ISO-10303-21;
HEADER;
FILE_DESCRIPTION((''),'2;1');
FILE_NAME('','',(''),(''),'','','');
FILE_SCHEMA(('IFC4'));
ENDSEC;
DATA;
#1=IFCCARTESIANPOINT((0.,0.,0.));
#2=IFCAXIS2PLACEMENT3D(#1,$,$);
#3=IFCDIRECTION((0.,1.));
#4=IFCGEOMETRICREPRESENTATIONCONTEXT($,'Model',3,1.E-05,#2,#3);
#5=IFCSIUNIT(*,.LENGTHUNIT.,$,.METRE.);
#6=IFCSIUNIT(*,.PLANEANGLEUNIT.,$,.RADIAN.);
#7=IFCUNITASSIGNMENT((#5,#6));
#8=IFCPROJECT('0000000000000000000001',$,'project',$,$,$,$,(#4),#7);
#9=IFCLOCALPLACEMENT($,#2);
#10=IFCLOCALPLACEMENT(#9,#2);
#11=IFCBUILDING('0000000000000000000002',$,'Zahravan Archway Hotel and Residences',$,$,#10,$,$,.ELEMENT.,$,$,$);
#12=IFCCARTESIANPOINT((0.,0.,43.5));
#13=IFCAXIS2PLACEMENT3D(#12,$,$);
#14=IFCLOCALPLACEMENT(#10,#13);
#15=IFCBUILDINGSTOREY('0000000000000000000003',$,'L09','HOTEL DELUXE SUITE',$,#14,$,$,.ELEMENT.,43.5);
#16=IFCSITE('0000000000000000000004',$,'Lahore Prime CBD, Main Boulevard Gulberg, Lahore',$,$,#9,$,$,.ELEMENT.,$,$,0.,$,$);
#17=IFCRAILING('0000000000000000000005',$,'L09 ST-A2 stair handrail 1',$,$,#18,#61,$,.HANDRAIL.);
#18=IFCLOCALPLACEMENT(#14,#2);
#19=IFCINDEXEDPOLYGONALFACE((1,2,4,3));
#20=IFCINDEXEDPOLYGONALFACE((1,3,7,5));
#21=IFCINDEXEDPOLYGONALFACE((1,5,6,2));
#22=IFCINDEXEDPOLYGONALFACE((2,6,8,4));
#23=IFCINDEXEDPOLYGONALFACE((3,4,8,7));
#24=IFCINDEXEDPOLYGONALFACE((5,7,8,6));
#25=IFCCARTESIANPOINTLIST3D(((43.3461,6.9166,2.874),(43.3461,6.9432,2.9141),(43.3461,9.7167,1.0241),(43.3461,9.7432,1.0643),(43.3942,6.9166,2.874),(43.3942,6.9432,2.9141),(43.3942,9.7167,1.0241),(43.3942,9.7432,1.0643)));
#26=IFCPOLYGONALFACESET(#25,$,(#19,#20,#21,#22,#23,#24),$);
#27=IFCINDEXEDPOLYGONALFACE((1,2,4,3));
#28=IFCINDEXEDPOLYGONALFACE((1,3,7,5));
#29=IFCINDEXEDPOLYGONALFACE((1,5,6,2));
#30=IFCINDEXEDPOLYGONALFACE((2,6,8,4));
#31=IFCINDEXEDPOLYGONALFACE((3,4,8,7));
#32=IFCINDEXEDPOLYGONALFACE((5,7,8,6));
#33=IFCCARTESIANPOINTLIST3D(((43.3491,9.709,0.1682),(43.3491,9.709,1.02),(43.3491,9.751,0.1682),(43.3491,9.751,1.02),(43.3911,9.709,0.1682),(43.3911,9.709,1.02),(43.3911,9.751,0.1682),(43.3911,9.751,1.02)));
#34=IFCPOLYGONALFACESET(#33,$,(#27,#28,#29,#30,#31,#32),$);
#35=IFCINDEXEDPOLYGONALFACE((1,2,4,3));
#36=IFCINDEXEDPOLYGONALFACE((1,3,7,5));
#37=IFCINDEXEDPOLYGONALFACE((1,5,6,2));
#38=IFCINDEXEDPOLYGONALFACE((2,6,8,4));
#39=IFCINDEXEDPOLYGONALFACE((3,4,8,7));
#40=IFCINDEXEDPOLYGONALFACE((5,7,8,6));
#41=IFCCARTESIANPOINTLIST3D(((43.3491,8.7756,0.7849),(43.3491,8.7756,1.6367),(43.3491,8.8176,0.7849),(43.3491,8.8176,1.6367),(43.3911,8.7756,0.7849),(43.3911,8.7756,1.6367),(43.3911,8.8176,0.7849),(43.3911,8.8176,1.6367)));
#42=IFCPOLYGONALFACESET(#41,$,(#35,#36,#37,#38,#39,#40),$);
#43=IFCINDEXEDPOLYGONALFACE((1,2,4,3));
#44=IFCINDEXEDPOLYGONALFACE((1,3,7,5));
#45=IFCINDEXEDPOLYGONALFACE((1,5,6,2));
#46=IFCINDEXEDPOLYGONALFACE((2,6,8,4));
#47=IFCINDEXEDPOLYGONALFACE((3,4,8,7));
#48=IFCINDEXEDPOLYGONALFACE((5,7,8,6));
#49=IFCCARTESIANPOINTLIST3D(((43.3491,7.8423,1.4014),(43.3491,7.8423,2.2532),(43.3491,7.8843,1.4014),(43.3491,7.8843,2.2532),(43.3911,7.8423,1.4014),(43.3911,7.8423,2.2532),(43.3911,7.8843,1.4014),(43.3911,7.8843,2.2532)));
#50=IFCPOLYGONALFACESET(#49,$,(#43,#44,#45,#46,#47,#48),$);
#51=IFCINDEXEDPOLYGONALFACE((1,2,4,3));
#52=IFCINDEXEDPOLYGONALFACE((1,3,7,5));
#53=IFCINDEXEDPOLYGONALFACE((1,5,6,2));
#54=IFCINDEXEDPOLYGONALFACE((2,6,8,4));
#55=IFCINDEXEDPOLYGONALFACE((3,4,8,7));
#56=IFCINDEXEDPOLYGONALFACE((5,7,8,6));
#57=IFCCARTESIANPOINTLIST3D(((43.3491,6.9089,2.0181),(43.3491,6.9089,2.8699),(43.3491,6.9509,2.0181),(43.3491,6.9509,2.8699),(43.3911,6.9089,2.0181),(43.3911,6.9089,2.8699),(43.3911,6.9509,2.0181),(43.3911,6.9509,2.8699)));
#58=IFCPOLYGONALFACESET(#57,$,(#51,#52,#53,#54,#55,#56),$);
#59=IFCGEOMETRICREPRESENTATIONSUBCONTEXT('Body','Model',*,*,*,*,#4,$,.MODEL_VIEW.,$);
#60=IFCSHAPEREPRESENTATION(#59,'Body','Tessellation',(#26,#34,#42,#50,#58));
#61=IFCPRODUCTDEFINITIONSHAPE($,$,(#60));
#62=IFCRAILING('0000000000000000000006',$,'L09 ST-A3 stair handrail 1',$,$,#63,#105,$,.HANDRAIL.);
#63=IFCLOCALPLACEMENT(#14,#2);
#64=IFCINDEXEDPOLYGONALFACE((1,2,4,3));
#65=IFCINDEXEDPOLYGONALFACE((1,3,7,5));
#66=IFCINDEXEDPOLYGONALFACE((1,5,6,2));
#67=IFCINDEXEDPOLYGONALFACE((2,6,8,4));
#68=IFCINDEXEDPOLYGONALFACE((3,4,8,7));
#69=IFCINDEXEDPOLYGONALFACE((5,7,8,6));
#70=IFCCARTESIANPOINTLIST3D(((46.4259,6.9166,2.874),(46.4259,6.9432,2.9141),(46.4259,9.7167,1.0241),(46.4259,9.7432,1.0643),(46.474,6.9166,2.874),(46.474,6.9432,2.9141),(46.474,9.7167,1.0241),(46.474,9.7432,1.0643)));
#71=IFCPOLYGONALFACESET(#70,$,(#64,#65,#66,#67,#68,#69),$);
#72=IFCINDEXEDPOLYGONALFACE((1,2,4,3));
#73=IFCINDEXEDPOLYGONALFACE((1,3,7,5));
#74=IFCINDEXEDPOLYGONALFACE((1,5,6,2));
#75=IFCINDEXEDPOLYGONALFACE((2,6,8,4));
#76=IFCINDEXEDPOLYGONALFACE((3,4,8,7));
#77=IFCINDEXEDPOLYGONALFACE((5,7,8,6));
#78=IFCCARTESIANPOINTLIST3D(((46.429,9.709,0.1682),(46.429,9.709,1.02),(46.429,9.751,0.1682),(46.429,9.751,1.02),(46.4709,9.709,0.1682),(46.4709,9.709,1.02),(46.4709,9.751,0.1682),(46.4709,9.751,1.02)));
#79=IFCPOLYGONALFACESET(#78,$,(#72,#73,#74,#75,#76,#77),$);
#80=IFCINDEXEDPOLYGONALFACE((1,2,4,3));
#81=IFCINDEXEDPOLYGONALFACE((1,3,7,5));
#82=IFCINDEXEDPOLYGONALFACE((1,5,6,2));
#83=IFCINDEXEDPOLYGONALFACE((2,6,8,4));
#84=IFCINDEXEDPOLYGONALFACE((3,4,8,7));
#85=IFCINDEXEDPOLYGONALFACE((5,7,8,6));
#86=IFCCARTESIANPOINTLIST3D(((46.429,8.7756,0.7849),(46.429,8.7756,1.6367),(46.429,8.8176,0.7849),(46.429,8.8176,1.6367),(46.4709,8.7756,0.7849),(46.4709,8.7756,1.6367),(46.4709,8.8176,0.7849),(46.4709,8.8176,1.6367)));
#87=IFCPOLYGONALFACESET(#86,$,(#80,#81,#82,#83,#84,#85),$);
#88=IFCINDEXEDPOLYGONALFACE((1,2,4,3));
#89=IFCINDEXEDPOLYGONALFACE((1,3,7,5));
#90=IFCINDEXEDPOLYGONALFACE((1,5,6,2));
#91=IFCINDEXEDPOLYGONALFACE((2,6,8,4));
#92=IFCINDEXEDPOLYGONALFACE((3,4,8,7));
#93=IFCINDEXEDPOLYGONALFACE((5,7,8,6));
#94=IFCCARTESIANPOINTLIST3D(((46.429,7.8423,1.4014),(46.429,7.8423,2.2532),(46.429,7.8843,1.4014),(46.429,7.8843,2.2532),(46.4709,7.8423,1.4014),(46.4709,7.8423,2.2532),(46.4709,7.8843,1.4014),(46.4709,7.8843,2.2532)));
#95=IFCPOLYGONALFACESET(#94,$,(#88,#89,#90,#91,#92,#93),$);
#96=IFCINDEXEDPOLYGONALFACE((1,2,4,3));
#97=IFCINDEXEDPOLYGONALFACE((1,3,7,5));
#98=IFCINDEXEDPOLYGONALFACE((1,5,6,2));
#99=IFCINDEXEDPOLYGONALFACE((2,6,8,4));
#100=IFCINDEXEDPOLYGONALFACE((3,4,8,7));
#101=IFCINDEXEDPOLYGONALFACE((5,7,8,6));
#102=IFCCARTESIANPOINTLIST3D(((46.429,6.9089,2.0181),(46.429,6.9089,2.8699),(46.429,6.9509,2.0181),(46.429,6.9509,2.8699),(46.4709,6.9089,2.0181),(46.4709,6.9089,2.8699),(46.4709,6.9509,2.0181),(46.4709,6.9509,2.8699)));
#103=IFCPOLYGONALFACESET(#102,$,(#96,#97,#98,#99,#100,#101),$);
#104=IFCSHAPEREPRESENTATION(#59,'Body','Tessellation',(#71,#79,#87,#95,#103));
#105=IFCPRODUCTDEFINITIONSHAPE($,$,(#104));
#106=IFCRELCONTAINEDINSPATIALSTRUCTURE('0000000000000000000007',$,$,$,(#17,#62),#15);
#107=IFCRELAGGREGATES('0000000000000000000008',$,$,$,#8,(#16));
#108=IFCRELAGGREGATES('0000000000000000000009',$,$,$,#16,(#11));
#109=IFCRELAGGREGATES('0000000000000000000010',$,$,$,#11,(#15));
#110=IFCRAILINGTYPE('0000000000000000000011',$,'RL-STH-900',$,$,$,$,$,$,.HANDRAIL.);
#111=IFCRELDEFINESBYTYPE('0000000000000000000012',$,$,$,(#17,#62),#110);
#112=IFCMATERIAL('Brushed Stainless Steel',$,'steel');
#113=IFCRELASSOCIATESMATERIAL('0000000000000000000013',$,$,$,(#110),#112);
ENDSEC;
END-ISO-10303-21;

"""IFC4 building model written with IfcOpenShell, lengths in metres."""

from ifc_helpers import new_model, si_unit, direction, frame, origin, origin_2d, place, context, subcontext, project, spatial, rectangle, extrude, material, type_object, element, save


model = new_model("IFC4")

# Units and contexts
model_context = context("Model", 3, precision=1e-05, world=origin(), true_north=direction((0.0, 1.0)))
body_context = subcontext(model_context, "Body", "Model", "MODEL_VIEW")
ifc_project = project(units=[si_unit("LENGTHUNIT", "METRE"), si_unit("PLANEANGLEUNIT", "RADIAN")], contexts=[model_context])

# Site, building, storey
site_placement = place(None, origin())
site = spatial("IfcSite", under=ifc_project, at=site_placement, Name="Lahore Prime CBD, Main Boulevard Gulberg, Lahore", CompositionType="ELEMENT", RefElevation=0.0)
building_placement = place(site_placement, origin())
building = spatial("IfcBuilding", under=site, at=building_placement, Name="Zahravan Archway Hotel and Residences", CompositionType="ELEMENT")
storey_placement = place(building_placement, frame((0.0, 0.0, 43.5)))
storey = spatial("IfcBuildingStorey", under=building, at=storey_placement, Name="L09", Description="HOTEL DELUXE SUITE", CompositionType="ELEMENT", Elevation=43.5)

# Shared definitions
ifc_material_1 = material(Name="Brushed Stainless Steel", Category="steel")

# Railings
railing_type_1 = type_object("IfcRailingType", Name="RL-STH-900", PredefinedType="HANDRAIL", material=ifc_material_1)
for number, where, name in (
    (1, (43.3701, 9.73, 0.1682), "L09 ST-A2 stair handrail 1"),
    (2, (46.45, 9.73, 0.1682), "L09 ST-A3 stair handrail 1"),
):
    element("IfcRailing", number, at=place(storey_placement, frame(where)), inside=storey, type_object=railing_type_1, Name=name, PredefinedType="HANDRAIL", context=body_context, shape_type="SweptSolid", body=[
        extrude(rectangle(XDim=0.0481, YDim=0.0481, at=origin_2d()), frame((0.0, 0.0, 0.876), z_axis=(0.0, -0.83436, 0.55122), x_axis=(1.0, 0.0, 0.0)), (0.0, 0.0, 1.0), 3.356),
        extrude(rectangle(XDim=0.042, YDim=0.042, at=origin_2d()), origin(), (0.0, 0.0, 1.0), 0.8518),
        extrude(rectangle(XDim=0.042, YDim=0.042, at=origin_2d()), frame((0.0, -0.9333, 0.6167)), (0.0, 0.0, 1.0), 0.8518),
        extrude(rectangle(XDim=0.042, YDim=0.042, at=origin_2d()), frame((0.0, -1.8667, 1.2332)), (0.0, 0.0, 1.0), 0.8518),
        extrude(rectangle(XDim=0.042, YDim=0.042, at=origin_2d()), frame((0.0, -2.8, 1.8499)), (0.0, 0.0, 1.0), 0.8518),
    ])

save(model, "model.ifc")
